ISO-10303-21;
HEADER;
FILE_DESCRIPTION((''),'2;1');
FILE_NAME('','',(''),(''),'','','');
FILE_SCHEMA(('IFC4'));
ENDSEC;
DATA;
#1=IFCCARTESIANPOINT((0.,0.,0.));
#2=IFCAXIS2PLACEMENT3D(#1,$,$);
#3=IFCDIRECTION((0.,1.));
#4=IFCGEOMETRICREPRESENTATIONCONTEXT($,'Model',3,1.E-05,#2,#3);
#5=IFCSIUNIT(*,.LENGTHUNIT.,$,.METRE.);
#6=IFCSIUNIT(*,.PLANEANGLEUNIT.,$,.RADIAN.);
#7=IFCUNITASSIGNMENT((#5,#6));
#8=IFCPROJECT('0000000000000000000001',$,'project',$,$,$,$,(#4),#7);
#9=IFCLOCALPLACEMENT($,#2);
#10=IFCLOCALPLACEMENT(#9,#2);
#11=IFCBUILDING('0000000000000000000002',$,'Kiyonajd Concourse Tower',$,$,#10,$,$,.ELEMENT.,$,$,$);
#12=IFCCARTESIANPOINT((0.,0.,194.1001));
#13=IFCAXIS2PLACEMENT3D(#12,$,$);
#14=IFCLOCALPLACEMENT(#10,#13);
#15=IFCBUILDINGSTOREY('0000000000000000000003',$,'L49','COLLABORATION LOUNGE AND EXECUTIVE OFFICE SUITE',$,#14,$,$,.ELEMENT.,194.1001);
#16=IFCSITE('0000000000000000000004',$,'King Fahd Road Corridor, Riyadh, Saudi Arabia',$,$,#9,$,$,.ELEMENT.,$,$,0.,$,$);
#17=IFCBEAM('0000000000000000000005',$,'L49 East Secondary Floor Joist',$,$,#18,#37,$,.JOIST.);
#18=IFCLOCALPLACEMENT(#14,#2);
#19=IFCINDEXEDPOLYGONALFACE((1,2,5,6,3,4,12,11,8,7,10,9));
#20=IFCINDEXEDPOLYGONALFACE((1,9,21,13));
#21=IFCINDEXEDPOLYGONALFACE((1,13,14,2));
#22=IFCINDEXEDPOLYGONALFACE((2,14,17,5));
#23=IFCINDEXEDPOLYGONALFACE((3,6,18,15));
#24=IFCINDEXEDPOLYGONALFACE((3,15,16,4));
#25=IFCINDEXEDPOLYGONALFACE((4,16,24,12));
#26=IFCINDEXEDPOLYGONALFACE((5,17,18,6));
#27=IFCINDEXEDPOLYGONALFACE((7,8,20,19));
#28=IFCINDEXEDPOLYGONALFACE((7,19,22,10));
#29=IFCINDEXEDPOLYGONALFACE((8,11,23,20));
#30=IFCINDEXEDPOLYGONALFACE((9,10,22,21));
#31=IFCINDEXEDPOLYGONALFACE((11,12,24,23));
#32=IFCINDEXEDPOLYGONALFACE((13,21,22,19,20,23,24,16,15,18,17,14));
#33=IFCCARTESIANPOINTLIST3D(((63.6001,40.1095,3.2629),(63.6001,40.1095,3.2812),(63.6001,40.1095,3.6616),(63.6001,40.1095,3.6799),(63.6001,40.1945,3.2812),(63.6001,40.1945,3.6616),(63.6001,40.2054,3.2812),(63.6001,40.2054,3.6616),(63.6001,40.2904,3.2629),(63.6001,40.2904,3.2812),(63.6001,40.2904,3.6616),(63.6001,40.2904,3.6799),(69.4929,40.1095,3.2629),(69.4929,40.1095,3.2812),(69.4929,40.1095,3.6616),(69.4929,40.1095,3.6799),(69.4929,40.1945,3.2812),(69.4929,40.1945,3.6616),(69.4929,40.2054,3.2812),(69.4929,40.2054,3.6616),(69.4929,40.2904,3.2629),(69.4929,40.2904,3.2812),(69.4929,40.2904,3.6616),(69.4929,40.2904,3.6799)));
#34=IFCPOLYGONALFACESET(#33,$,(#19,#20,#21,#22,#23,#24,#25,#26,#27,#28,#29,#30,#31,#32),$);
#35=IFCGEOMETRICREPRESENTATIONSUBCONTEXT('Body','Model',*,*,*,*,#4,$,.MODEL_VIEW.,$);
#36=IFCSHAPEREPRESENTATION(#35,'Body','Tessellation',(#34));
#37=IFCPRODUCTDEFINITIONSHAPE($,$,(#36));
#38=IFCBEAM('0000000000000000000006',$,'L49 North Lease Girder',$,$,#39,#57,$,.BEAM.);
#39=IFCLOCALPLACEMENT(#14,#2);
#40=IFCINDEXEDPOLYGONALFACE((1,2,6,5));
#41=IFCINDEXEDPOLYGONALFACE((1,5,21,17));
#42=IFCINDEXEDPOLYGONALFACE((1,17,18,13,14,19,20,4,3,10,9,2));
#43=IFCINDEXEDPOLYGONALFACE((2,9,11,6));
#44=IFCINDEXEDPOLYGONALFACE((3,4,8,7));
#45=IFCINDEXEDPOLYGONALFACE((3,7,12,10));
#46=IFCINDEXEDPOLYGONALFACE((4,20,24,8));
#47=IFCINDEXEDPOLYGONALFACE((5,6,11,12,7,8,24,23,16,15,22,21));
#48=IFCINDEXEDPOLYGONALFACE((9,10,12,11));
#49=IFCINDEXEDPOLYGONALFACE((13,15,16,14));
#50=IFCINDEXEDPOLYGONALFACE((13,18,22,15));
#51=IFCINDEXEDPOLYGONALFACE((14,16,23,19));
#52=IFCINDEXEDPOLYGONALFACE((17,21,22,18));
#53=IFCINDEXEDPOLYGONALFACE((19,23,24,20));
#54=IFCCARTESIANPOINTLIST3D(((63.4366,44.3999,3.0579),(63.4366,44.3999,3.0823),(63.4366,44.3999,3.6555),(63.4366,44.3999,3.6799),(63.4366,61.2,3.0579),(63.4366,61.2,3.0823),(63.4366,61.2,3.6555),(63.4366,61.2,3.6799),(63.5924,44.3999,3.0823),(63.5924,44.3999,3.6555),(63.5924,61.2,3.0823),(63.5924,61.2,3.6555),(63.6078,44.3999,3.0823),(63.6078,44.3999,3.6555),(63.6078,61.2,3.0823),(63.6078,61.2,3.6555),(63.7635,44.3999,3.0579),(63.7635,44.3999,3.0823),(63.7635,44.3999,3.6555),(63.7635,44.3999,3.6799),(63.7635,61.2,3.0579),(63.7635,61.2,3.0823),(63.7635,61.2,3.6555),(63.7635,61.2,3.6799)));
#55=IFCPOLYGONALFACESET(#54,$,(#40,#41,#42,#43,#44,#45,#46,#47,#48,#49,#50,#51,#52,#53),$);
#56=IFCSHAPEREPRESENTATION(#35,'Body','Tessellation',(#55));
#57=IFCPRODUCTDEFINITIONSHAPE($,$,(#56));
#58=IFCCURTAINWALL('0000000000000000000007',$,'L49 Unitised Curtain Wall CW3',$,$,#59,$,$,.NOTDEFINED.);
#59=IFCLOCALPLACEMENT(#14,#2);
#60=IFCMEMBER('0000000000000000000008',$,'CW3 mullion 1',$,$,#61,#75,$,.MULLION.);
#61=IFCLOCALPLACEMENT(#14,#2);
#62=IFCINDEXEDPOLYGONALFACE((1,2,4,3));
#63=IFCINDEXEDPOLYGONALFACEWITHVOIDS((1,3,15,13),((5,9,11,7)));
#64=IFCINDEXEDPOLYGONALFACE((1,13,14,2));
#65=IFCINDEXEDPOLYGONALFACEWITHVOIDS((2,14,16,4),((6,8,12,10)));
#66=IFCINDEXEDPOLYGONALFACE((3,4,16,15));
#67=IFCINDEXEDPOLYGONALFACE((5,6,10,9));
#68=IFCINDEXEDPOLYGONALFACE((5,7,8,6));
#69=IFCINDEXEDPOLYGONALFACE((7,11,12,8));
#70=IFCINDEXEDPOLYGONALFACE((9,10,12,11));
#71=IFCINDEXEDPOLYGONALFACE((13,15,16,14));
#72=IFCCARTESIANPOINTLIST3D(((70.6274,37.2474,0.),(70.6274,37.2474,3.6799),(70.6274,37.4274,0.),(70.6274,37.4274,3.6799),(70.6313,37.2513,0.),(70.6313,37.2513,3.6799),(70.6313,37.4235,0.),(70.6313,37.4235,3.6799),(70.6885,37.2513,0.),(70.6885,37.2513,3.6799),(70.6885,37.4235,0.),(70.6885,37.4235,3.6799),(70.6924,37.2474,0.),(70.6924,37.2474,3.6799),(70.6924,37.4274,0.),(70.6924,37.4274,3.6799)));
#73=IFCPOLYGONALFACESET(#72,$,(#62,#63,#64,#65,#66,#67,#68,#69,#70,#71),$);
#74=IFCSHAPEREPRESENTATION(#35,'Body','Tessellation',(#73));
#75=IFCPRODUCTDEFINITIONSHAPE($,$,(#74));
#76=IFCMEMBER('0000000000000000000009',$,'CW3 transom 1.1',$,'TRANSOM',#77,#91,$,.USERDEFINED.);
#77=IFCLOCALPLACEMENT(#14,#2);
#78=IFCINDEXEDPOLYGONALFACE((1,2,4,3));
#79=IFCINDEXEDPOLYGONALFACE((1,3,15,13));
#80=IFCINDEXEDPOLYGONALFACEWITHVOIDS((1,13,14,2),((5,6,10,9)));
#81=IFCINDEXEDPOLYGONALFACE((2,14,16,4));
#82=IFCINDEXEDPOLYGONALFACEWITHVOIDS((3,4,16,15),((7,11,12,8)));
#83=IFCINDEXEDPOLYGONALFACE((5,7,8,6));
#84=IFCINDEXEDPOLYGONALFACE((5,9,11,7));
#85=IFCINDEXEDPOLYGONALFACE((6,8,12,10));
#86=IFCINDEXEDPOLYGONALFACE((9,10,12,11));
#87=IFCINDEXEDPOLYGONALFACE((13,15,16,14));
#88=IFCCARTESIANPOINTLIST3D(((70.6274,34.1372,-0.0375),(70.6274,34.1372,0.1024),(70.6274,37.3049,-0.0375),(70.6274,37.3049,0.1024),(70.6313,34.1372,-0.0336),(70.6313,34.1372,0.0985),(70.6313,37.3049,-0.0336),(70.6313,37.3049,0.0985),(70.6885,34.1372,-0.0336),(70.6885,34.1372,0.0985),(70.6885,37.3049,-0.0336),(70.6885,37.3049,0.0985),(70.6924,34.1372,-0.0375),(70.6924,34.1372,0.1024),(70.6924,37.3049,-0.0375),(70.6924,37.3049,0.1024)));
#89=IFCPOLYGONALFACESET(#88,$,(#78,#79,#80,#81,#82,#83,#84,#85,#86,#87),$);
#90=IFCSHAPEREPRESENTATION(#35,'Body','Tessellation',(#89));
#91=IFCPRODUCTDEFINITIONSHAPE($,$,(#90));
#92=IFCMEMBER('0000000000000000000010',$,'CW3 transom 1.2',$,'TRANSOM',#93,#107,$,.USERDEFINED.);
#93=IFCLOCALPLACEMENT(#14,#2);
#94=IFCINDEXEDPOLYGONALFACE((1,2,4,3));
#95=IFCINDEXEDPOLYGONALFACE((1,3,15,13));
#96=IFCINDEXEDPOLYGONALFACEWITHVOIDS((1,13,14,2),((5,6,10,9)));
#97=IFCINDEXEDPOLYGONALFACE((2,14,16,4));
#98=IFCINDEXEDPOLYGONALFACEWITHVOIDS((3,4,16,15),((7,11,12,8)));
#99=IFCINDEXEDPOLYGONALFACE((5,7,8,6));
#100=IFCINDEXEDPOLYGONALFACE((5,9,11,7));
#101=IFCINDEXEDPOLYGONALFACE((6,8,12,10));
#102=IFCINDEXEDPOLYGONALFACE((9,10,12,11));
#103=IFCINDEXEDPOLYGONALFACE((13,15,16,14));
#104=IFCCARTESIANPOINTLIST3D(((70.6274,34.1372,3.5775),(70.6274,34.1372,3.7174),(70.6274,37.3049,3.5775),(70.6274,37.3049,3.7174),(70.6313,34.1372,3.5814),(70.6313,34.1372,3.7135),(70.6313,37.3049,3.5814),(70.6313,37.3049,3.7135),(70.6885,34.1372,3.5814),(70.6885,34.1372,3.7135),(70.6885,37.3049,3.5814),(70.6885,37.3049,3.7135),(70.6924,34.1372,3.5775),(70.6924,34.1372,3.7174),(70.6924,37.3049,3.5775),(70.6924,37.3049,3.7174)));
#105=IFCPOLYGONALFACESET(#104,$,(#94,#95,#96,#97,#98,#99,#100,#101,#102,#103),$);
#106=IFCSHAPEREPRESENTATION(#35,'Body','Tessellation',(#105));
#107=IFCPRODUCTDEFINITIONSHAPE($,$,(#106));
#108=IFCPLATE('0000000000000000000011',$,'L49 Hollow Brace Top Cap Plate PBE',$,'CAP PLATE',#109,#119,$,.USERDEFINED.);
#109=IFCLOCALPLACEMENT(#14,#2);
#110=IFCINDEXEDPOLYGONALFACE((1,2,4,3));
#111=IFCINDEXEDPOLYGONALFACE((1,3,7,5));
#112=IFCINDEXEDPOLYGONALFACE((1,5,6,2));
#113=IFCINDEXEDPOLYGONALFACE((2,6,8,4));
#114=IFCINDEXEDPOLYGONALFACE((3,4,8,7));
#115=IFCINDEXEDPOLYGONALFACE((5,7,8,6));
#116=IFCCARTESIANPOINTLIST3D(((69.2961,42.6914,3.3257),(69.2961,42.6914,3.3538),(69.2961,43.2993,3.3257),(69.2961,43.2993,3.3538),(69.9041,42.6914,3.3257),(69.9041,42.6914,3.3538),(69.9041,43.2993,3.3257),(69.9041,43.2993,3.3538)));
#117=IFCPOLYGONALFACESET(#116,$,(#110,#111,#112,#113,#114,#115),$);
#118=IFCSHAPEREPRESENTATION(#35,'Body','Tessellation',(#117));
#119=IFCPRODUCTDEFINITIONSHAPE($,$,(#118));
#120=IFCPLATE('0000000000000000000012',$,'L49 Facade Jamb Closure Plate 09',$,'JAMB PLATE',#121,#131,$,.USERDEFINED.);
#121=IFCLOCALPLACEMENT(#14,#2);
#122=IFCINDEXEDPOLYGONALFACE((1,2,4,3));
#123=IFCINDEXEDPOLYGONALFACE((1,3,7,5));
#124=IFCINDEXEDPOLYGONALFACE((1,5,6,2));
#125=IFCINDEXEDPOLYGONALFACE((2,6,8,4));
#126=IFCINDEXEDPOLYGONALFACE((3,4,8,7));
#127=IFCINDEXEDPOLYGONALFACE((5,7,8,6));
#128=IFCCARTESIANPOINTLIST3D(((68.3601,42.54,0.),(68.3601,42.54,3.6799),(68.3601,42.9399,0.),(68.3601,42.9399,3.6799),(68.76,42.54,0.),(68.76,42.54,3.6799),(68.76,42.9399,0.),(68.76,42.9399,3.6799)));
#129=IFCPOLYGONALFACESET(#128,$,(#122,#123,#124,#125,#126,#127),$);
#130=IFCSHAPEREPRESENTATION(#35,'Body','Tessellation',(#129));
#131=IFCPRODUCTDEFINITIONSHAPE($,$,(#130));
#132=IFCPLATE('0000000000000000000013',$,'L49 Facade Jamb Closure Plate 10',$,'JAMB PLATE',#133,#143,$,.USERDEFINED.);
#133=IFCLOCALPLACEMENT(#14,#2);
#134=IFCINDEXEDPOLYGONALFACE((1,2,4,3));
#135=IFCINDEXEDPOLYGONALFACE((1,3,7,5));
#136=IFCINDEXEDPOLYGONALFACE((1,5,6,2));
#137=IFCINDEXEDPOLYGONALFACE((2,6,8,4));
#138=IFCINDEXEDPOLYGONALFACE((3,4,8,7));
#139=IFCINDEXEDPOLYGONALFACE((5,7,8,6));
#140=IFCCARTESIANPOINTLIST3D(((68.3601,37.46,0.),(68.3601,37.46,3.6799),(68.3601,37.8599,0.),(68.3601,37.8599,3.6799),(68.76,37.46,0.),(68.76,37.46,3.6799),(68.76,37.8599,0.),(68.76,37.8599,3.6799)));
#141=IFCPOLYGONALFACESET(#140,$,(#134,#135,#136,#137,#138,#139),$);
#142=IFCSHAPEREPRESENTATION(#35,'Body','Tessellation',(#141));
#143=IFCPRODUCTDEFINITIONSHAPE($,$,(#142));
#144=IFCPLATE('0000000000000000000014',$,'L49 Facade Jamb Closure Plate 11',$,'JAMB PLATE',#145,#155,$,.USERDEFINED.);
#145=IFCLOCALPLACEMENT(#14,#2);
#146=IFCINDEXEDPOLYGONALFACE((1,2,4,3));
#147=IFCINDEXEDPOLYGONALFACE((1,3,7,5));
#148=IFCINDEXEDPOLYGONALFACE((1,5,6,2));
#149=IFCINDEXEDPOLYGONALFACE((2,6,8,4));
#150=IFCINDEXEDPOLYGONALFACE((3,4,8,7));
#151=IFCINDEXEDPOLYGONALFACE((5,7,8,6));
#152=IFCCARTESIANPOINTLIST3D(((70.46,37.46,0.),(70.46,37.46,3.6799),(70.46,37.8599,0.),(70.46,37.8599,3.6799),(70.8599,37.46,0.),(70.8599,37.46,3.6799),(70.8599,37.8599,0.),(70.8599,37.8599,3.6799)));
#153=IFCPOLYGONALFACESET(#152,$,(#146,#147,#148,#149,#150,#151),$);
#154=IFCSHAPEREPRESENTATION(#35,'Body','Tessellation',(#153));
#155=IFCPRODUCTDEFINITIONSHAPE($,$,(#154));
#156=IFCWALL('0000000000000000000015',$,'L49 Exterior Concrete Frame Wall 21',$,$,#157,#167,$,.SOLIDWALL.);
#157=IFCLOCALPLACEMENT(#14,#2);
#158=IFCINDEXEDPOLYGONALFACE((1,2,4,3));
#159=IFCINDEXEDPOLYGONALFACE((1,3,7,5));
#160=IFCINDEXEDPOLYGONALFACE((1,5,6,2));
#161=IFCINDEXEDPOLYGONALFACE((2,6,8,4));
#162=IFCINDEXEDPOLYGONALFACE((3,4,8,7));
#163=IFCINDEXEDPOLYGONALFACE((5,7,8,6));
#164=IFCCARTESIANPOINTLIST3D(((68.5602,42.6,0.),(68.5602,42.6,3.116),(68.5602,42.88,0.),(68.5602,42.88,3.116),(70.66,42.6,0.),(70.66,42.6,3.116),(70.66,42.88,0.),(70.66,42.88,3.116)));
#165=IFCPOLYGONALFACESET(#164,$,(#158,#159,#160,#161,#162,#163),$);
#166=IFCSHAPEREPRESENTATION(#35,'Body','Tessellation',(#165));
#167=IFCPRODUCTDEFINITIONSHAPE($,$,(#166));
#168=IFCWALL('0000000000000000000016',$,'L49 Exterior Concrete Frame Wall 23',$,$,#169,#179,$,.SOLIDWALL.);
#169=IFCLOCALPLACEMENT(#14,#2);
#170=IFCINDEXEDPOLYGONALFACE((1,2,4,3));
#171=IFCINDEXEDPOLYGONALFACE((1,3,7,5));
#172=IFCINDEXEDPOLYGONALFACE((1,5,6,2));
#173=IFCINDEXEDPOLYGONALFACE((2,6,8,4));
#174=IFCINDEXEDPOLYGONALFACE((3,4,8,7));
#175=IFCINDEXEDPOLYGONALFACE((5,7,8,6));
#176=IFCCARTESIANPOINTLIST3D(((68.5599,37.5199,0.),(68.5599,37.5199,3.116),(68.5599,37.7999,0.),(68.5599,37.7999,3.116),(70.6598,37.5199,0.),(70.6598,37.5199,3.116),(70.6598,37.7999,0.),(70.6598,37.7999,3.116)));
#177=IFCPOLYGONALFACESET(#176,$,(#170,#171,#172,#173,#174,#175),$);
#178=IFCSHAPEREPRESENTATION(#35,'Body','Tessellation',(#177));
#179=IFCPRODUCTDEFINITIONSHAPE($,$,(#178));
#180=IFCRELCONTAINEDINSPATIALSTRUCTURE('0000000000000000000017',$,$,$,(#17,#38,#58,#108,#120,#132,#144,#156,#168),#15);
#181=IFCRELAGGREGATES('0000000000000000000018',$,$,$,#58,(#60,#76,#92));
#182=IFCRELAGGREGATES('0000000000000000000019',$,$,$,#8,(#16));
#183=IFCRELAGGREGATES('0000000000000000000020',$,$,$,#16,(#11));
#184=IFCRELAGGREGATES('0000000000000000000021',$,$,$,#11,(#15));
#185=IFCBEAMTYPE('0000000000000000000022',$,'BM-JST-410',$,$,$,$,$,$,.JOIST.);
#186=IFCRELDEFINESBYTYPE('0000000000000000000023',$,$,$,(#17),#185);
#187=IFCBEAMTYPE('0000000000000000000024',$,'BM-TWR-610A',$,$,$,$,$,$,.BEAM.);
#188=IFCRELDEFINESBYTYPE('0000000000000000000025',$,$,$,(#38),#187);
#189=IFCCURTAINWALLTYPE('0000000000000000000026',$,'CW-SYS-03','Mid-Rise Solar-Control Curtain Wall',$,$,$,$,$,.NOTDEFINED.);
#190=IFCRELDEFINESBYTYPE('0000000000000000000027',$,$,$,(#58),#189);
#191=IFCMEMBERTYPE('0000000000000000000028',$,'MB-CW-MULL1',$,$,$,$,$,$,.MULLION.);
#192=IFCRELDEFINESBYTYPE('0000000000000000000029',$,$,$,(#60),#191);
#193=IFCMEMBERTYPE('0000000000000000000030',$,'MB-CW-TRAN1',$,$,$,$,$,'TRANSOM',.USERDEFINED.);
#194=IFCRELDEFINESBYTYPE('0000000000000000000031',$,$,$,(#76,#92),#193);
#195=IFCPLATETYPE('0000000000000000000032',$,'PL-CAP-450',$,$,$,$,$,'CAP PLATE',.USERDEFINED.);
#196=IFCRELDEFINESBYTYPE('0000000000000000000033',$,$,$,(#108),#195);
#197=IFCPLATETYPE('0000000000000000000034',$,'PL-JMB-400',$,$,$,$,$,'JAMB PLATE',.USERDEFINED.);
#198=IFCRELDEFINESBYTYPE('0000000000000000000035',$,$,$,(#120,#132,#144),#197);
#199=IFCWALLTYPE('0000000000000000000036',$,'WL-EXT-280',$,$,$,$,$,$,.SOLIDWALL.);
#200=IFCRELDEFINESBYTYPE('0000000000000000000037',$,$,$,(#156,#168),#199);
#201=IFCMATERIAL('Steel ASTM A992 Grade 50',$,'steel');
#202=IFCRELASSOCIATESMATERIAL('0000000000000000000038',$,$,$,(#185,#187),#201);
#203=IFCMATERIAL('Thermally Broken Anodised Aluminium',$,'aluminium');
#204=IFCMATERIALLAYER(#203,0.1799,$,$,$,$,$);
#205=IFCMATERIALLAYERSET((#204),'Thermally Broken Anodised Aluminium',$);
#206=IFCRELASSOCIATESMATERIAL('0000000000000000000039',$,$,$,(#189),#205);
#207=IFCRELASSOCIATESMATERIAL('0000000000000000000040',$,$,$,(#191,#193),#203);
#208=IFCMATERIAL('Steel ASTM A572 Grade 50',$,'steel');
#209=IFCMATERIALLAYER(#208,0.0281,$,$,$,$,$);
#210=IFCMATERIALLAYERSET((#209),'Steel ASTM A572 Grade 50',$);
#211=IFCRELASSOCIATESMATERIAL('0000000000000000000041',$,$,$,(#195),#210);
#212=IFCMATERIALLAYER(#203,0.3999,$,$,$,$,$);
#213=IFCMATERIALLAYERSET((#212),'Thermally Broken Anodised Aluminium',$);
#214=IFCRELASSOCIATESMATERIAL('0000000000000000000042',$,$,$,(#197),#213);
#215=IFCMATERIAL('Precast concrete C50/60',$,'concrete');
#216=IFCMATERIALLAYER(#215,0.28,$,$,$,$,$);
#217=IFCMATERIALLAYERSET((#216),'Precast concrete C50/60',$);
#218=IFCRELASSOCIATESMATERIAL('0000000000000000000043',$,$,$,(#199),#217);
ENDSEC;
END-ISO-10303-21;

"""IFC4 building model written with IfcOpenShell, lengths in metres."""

from ifc_helpers import new_model, si_unit, direction, frame, frame_2d, origin, origin_2d, place, context, subcontext, project, spatial, rectangle, hollow_rectangle, i_section, extrude, material, layer, layer_set, material_profile, profile_set, type_object, element, aggregate, save


model = new_model("IFC4")

# Units and contexts
model_context = context("Model", 3, precision=1e-05, world=origin(), true_north=direction((0.0, 1.0)))
body_context = subcontext(model_context, "Body", "Model", "MODEL_VIEW")
ifc_project = project(units=[si_unit("LENGTHUNIT", "METRE"), si_unit("PLANEANGLEUNIT", "RADIAN")], contexts=[model_context])

# Site, building, storey
site_placement = place(None, origin())
site = spatial("IfcSite", under=ifc_project, at=site_placement, Name="King Fahd Road Corridor, Riyadh, Saudi Arabia", CompositionType="ELEMENT", RefElevation=0.0)
building_placement = place(site_placement, origin())
building = spatial("IfcBuilding", under=site, at=building_placement, Name="Kiyonajd Concourse Tower", CompositionType="ELEMENT")
storey_placement = place(building_placement, frame((0.0, 0.0, 194.1001)))
storey = spatial("IfcBuildingStorey", under=building, at=storey_placement, Name="L49", Description="COLLABORATION LOUNGE AND EXECUTIVE OFFICE SUITE", CompositionType="ELEMENT", Elevation=194.1001)

# Beams
ifc_material_1 = material(Name="Steel ASTM A992 Grade 50", Category="steel")
ifc_material_profile_1 = material_profile(ifc_material_1, i_section(OverallWidth=0.1809, OverallDepth=0.417, WebThickness=0.011, FlangeThickness=0.0183, at=origin_2d()), Name="W410X85")
ifc_profile_set_1 = profile_set([ifc_material_profile_1], Name="Steel ASTM A992 Grade 50")
beam_type_1 = type_object("IfcBeamType", Name="BM-JST-410", PredefinedType="JOIST", material=ifc_profile_set_1)
beam_1_placement = place(storey_placement, frame((63.6001, 40.2, 3.4714), z_axis=(1.0, 0.0, 0.0), x_axis=(0.0, 1.0, 0.0)))
element("IfcBeam", 1, at=beam_1_placement, inside=storey, type_object=beam_type_1, Name="L49 East Secondary Floor Joist", PredefinedType="JOIST", context=body_context, shape_type="SweptSolid", body=[
    extrude(i_section(OverallWidth=0.1809, OverallDepth=0.417, WebThickness=0.011, FlangeThickness=0.0183, at=origin_2d()), origin(), (0.0, 0.0, 1.0), 5.8928),
])
ifc_material_profile_2 = material_profile(ifc_material_1, i_section(OverallWidth=0.3269, OverallDepth=0.6221, WebThickness=0.0154, FlangeThickness=0.0244, at=origin_2d()), Name="W610X195")
ifc_profile_set_2 = profile_set([ifc_material_profile_2], Name="Steel ASTM A992 Grade 50")
beam_type_2 = type_object("IfcBeamType", Name="BM-TWR-610A", PredefinedType="BEAM", material=ifc_profile_set_2)
beam_2_placement = place(storey_placement, frame((63.6001, 44.3999, 3.3689), z_axis=(0.0, 1.0, 0.0), x_axis=(-1.0, 0.0, 0.0)))
element("IfcBeam", 2, at=beam_2_placement, inside=storey, type_object=beam_type_2, Name="L49 North Lease Girder", PredefinedType="BEAM", context=body_context, shape_type="SweptSolid", body=[
    extrude(i_section(OverallWidth=0.3269, OverallDepth=0.6221, WebThickness=0.0154, FlangeThickness=0.0244, at=origin_2d()), origin(), (0.0, 0.0, 1.0), 16.8),
])

# Curtain wall, members
ifc_material_2 = material(Name="Thermally Broken Anodised Aluminium", Category="aluminium")
ifc_layer_1 = layer(ifc_material_2, 0.1799)
ifc_layer_set_1 = layer_set([ifc_layer_1], Name="Thermally Broken Anodised Aluminium")
curtain_wall_type = type_object("IfcCurtainWallType", Name="CW-SYS-03", Description="Mid-Rise Solar-Control Curtain Wall", PredefinedType="NOTDEFINED", material=ifc_layer_set_1)
curtain_wall_placement = place(storey_placement, origin())
curtain_wall = element("IfcCurtainWall", 3, at=curtain_wall_placement, inside=storey, type_object=curtain_wall_type, Name="L49 Unitised Curtain Wall CW3", PredefinedType="NOTDEFINED")
ifc_material_profile_3 = material_profile(ifc_material_2, hollow_rectangle(XDim=0.0649, YDim=0.1799, WallThickness=0.0039, at=origin_2d()), Name="MULL-65x180")
ifc_profile_set_3 = profile_set([ifc_material_profile_3], Name="Thermally Broken Anodised Aluminium")
member_type_1 = type_object("IfcMemberType", Name="MB-CW-MULL1", PredefinedType="MULLION", material=ifc_profile_set_3)
member_1_placement = place(storey_placement, frame((70.6599, 37.3374, 0.0), z_axis=(0.0, 0.0, 1.0), x_axis=(1.0, 0.0, 0.0)))
member_1 = element("IfcMember", 4, at=member_1_placement, type_object=member_type_1, Name="CW3 mullion 1", PredefinedType="MULLION", context=body_context, shape_type="SweptSolid", body=[
    extrude(hollow_rectangle(XDim=0.0649, YDim=0.1799, WallThickness=0.0039, at=origin_2d()), origin(), (0.0, 0.0, 1.0), 3.6799),
])
ifc_material_profile_4 = material_profile(ifc_material_2, hollow_rectangle(XDim=0.0649, YDim=0.1399, WallThickness=0.0039, at=origin_2d()), Name="TRAN-65x140")
ifc_profile_set_4 = profile_set([ifc_material_profile_4], Name="Thermally Broken Anodised Aluminium")
member_type_2 = type_object("IfcMemberType", Name="MB-CW-TRAN1", ElementType="TRANSOM", PredefinedType="USERDEFINED", material=ifc_profile_set_4)
member_2_placement = place(storey_placement, frame((70.6599, 37.3049, 0.0325), z_axis=(0.0, -1.0, 0.0), x_axis=(1.0, 0.0, 0.0)))
member_2 = element("IfcMember", 5, at=member_2_placement, type_object=member_type_2, Name="CW3 transom 1.1", ObjectType="TRANSOM", PredefinedType="USERDEFINED", context=body_context, shape_type="SweptSolid", body=[
    extrude(hollow_rectangle(XDim=0.0649, YDim=0.1399, WallThickness=0.0039, at=origin_2d()), origin(), (0.0, 0.0, 1.0), 3.1677),
])
member_3_placement = place(storey_placement, frame((70.6599, 37.3049, 3.6475), z_axis=(0.0, -1.0, 0.0), x_axis=(1.0, 0.0, 0.0)))
member_3 = element("IfcMember", 6, at=member_3_placement, type_object=member_type_2, Name="CW3 transom 1.2", ObjectType="TRANSOM", PredefinedType="USERDEFINED", context=body_context, shape_type="SweptSolid", body=[
    extrude(hollow_rectangle(XDim=0.0649, YDim=0.1399, WallThickness=0.0039, at=origin_2d()), origin(), (0.0, 0.0, 1.0), 3.1677),
])
aggregate(curtain_wall, [member_1, member_2, member_3])

# Plates
ifc_material_3 = material(Name="Steel ASTM A572 Grade 50", Category="steel")
ifc_layer_2 = layer(ifc_material_3, 0.0281)
ifc_layer_set_2 = layer_set([ifc_layer_2], Name="Steel ASTM A572 Grade 50")
plate_type_1 = type_object("IfcPlateType", Name="PL-CAP-450", ElementType="CAP PLATE", PredefinedType="USERDEFINED", material=ifc_layer_set_2)
plate_placement = place(storey_placement, frame((69.6001, 42.9954, 3.3257), z_axis=(0.0, 0.0, 1.0), x_axis=(1.0, 0.0, 0.0)))
element("IfcPlate", 7, at=plate_placement, inside=storey, type_object=plate_type_1, Name="L49 Hollow Brace Top Cap Plate PBE", ObjectType="CAP PLATE", PredefinedType="USERDEFINED", context=body_context, shape_type="SweptSolid", body=[
    extrude(rectangle(XDim=0.6079, YDim=0.6079, at=origin_2d()), origin(), (0.0, 0.0, 1.0), 0.0281),
])
ifc_layer_3 = layer(ifc_material_2, 0.3999)
ifc_layer_set_3 = layer_set([ifc_layer_3], Name="Thermally Broken Anodised Aluminium")
plate_type_2 = type_object("IfcPlateType", Name="PL-JMB-400", ElementType="JAMB PLATE", PredefinedType="USERDEFINED", material=ifc_layer_set_3)
for number, where, z_axis, x_axis, name in (
    (8, (68.5601, 42.74, 0.0), (0.0, 0.0, 1.0), (1.0, 0.0, 0.0), "L49 Facade Jamb Closure Plate 09"),
    (9, (68.5601, 37.6599, 0.0), (0.0, 0.0, 1.0), (1.0, 0.0, 0.0), "L49 Facade Jamb Closure Plate 10"),
    (10, (70.6599, 37.6599, 0.0), (0.0, 0.0, 1.0), (1.0, 0.0, 0.0), "L49 Facade Jamb Closure Plate 11"),
):
    element("IfcPlate", number, at=place(storey_placement, frame(where, z_axis=z_axis, x_axis=x_axis)), inside=storey, type_object=plate_type_2, Name=name, ObjectType="JAMB PLATE", PredefinedType="USERDEFINED", context=body_context, shape_type="SweptSolid", body=[
        extrude(rectangle(XDim=0.3999, YDim=0.3999, at=origin_2d()), origin(), (0.0, 0.0, 1.0), 3.6799),
    ])

# Walls
ifc_material_4 = material(Name="Precast concrete C50/60", Category="concrete")
ifc_layer_4 = layer(ifc_material_4, 0.28)
ifc_layer_set_4 = layer_set([ifc_layer_4], Name="Precast concrete C50/60")
wall_type_1 = type_object("IfcWallType", Name="WL-EXT-280", PredefinedType="SOLIDWALL", material=ifc_layer_set_4)
for number, where, z_axis, x_axis, name in (
    (11, (70.6599, 42.74, 0.0), (0.0, 0.0, 1.0), (-1.0, 0.0, 0.0), "L49 Exterior Concrete Frame Wall 21"),
    (12, (68.5601, 37.6599, 0.0), (0.0, 0.0, 1.0), (1.0, 0.0, 0.0), "L49 Exterior Concrete Frame Wall 23"),
):
    element("IfcWall", number, at=place(storey_placement, frame(where, z_axis=z_axis, x_axis=x_axis)), inside=storey, type_object=wall_type_1, Name=name, PredefinedType="SOLIDWALL", context=body_context, shape_type="SweptSolid", body=[
        extrude(rectangle(XDim=2.0999, YDim=0.28, at=frame_2d((1.0498, 0.0))), origin(), (0.0, 0.0, 1.0), 3.116),
    ])

save(model, "model.ifc")
